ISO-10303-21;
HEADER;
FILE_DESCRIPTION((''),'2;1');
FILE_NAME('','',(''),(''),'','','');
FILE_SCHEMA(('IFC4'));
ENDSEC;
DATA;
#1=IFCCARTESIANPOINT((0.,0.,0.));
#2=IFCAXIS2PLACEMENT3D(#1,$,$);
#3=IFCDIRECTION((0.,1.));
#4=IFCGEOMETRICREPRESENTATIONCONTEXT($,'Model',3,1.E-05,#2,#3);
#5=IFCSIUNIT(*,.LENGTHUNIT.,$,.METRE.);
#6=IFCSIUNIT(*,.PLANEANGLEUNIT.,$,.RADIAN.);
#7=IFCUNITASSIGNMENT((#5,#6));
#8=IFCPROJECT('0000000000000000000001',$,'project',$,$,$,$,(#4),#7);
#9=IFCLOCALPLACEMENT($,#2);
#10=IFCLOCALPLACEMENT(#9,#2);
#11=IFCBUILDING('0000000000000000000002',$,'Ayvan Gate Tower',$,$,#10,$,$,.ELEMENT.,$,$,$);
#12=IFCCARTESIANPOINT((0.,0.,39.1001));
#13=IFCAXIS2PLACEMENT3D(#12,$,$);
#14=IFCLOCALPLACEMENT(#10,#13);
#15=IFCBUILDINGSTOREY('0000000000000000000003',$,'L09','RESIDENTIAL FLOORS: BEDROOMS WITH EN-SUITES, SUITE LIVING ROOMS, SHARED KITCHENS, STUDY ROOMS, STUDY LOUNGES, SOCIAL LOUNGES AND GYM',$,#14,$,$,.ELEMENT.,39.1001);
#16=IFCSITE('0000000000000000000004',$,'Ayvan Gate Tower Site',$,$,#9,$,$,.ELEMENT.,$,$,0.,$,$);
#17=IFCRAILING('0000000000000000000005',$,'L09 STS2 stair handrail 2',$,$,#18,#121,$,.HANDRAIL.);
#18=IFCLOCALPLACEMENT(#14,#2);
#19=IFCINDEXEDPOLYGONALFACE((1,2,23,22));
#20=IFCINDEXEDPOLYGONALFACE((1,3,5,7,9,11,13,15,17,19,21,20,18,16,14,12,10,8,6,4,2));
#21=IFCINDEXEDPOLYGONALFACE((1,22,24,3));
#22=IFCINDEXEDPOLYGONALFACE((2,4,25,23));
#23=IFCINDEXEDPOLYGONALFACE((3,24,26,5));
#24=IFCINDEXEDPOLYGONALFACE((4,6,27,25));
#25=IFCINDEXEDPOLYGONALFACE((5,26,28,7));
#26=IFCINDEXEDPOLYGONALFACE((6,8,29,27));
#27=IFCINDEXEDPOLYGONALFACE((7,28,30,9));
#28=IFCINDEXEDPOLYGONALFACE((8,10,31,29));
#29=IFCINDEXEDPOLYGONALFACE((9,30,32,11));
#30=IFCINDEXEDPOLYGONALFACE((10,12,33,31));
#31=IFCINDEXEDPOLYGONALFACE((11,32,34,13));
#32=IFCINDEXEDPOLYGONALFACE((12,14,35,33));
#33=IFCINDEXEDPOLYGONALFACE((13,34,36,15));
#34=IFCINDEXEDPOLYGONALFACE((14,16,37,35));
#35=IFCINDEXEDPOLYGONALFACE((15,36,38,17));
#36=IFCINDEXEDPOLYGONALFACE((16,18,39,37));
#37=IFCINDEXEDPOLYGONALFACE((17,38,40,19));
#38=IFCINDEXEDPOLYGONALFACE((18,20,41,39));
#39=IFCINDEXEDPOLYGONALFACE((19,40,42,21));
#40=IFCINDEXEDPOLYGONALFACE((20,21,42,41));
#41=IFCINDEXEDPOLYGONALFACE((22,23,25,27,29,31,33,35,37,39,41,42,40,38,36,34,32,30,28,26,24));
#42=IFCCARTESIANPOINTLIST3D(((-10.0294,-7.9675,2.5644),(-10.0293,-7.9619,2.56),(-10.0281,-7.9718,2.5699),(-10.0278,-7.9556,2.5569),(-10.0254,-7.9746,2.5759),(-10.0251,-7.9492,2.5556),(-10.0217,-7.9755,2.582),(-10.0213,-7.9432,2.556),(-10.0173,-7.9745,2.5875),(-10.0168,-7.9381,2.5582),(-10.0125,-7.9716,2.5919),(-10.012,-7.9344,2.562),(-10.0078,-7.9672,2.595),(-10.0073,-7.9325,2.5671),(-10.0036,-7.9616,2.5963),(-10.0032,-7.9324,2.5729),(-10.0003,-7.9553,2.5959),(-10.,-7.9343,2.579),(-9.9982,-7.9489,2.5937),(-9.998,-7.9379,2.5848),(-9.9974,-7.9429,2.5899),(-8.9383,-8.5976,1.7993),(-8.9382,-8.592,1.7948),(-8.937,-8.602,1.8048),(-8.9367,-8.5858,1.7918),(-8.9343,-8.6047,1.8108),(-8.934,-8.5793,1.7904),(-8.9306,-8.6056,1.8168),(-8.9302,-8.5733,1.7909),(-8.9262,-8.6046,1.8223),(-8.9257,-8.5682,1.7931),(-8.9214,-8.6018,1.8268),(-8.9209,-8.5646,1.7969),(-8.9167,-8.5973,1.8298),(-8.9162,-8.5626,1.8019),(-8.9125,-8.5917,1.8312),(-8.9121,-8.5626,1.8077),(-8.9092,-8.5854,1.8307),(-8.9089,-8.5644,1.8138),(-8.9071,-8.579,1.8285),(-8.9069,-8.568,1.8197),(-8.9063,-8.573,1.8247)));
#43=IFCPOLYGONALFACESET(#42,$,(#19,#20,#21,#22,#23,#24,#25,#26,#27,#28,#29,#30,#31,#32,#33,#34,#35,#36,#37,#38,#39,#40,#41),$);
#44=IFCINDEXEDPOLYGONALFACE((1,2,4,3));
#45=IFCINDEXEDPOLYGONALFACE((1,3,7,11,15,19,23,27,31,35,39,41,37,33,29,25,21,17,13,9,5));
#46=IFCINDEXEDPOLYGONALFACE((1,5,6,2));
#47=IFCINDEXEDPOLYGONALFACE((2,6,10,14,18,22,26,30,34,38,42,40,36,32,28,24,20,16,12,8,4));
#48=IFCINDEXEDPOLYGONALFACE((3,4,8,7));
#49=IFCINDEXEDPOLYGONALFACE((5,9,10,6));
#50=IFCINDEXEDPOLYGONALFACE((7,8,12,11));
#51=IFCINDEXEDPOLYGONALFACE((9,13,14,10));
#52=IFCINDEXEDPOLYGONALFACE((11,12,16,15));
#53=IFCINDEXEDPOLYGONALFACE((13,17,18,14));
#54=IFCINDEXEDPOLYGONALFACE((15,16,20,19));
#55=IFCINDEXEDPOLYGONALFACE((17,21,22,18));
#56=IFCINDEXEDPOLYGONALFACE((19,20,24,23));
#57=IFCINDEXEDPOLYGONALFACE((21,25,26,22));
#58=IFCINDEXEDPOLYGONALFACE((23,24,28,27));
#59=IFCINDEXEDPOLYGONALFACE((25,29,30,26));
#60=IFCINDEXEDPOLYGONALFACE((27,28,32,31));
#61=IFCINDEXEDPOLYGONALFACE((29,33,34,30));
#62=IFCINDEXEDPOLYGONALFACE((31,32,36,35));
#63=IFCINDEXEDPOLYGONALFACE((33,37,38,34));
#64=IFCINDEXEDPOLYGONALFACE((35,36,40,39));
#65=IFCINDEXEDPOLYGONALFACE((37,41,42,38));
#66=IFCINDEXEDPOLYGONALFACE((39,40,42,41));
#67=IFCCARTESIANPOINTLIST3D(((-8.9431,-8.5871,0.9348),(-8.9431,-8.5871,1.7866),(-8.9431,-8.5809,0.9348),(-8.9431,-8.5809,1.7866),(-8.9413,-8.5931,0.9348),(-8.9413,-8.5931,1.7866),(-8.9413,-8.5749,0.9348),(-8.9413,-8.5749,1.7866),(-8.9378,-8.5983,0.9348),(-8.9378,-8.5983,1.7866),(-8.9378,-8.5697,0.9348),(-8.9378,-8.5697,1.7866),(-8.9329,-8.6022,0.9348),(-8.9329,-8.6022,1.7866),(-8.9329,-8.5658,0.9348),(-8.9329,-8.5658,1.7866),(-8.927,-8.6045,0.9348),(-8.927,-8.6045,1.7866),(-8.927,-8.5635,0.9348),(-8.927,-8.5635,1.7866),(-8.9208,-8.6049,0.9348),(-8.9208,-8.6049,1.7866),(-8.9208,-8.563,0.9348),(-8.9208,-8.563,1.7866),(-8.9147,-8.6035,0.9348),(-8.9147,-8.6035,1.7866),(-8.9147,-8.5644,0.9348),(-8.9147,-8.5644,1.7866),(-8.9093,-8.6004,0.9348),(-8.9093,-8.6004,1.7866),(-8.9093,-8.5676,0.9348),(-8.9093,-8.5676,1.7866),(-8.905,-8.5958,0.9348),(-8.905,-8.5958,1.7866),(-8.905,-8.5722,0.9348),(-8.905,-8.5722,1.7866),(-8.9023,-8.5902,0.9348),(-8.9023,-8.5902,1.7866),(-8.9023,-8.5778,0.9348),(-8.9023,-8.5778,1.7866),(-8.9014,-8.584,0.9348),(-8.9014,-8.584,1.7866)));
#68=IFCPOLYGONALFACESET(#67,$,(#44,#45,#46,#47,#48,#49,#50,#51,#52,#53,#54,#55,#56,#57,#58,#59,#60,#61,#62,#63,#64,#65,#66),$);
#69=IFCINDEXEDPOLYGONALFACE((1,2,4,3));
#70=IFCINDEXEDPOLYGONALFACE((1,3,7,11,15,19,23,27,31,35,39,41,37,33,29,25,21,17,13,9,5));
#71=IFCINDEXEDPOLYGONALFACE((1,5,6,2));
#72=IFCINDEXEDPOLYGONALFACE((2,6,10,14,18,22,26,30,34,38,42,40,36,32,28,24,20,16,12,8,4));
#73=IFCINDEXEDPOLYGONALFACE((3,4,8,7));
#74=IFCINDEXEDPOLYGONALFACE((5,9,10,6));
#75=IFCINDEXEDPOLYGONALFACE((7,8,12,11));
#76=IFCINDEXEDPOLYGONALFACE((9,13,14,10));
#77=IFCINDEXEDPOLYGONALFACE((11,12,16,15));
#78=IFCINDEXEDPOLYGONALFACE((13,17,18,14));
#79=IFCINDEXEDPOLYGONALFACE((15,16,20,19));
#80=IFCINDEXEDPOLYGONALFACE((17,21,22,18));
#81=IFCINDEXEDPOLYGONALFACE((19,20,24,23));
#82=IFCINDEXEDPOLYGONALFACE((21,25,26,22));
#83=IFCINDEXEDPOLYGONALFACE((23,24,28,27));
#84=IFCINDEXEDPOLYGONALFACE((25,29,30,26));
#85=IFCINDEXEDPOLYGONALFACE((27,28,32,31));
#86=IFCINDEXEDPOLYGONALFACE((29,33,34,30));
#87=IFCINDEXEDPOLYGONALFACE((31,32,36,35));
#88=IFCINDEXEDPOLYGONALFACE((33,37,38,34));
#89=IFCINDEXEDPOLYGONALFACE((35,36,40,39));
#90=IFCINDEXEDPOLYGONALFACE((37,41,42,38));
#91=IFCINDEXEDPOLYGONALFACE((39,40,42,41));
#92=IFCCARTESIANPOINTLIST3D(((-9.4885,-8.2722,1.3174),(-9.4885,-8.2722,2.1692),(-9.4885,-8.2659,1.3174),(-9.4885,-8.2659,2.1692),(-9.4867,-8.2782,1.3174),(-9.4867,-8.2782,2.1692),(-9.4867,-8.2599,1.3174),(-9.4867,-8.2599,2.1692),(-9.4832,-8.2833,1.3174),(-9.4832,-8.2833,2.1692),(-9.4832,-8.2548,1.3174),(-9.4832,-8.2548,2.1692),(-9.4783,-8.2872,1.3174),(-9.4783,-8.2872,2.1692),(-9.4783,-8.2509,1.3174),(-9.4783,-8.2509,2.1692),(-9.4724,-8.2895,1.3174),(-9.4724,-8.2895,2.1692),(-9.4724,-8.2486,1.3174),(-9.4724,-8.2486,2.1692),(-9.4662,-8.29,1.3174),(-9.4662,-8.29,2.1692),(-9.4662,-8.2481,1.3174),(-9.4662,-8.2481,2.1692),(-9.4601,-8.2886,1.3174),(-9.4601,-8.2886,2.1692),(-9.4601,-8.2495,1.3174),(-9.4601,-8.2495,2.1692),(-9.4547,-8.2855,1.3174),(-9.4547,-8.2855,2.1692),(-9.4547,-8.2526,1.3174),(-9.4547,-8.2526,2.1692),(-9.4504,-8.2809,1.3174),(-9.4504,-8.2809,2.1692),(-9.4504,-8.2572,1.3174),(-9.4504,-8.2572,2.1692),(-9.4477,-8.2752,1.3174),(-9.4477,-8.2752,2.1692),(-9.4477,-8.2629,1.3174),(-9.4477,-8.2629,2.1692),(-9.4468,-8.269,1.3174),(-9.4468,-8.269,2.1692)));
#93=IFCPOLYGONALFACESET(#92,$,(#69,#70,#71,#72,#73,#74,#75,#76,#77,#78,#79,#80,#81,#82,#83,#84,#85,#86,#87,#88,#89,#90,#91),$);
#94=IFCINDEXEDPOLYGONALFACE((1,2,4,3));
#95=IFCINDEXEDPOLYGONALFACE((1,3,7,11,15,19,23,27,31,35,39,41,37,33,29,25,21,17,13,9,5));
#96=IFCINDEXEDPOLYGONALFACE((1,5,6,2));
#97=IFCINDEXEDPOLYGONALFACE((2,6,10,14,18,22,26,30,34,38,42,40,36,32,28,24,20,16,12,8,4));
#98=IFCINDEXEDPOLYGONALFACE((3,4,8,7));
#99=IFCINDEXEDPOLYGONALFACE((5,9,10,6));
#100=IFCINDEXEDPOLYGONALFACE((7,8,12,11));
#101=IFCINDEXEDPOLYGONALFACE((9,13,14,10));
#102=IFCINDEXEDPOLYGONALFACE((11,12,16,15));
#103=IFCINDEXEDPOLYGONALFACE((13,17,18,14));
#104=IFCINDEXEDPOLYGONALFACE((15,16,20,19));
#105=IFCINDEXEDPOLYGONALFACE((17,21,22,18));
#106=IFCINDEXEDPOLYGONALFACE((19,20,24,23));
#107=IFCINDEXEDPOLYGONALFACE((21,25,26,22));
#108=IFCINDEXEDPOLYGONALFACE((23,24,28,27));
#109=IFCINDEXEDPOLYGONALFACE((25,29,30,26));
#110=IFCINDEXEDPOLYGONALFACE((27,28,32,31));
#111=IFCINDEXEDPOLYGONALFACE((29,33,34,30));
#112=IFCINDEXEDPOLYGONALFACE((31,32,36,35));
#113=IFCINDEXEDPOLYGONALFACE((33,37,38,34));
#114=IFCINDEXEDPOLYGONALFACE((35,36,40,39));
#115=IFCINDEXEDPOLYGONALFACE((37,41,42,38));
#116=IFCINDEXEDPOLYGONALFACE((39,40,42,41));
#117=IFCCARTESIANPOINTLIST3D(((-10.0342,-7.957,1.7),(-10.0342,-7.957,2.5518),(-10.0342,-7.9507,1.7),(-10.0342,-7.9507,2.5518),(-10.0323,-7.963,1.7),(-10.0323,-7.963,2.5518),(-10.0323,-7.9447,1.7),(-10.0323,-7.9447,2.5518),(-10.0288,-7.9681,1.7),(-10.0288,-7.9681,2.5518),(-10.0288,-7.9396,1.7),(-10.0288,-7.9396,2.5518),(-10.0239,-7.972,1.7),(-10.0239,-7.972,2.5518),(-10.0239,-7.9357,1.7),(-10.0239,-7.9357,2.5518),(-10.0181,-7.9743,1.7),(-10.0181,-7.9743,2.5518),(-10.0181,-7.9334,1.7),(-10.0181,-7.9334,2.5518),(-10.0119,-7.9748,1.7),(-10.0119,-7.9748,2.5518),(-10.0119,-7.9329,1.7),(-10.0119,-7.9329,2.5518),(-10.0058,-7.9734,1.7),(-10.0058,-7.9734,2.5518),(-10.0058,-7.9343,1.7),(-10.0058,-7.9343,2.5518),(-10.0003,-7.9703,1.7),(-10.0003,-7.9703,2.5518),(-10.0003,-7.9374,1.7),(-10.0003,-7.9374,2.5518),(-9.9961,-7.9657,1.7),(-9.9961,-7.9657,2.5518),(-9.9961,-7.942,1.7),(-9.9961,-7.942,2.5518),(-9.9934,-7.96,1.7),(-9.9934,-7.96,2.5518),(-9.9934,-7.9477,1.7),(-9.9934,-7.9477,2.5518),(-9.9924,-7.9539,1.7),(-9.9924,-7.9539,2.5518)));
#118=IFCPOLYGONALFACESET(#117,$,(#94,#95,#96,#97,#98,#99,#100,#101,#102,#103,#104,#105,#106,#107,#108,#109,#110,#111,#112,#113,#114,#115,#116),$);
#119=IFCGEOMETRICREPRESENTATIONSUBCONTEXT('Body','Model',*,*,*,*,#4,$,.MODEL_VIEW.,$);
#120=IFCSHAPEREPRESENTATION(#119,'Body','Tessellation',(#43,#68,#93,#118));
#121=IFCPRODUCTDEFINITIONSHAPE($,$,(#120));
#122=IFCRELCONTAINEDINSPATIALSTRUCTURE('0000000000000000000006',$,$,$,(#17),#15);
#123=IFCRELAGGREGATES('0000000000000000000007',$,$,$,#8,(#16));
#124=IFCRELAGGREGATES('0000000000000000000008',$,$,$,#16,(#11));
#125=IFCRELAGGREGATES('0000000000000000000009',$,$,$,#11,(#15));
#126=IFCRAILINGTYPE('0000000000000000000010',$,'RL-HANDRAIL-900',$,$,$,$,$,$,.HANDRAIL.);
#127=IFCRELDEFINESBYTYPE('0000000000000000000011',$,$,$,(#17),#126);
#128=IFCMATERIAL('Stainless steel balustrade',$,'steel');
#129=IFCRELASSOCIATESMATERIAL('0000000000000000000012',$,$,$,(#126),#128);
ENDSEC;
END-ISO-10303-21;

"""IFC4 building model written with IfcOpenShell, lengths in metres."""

from ifc_helpers import new_model, si_unit, direction, frame, origin, origin_2d, place, context, subcontext, project, spatial, circle, extrude, material, type_object, element, save


model = new_model("IFC4")

# Units and contexts
model_context = context("Model", 3, precision=1e-05, world=origin(), true_north=direction((0.0, 1.0)))
body_context = subcontext(model_context, "Body", "Model", "MODEL_VIEW")
ifc_project = project(units=[si_unit("LENGTHUNIT", "METRE"), si_unit("PLANEANGLEUNIT", "RADIAN")], contexts=[model_context])

# Site, building, storey
site_placement = place(None, origin())
site = spatial("IfcSite", under=ifc_project, at=site_placement, Name="Ayvan Gate Tower Site", CompositionType="ELEMENT", RefElevation=0.0)
building_placement = place(site_placement, origin())
building = spatial("IfcBuilding", under=site, at=building_placement, Name="Ayvan Gate Tower", CompositionType="ELEMENT")
storey_placement = place(building_placement, frame((0.0, 0.0, 39.1001)))
storey = spatial("IfcBuildingStorey", under=building, at=storey_placement, Name="L09", Description="RESIDENTIAL FLOORS: BEDROOMS WITH EN-SUITES, SUITE LIVING ROOMS, SHARED KITCHENS, STUDY ROOMS, STUDY LOUNGES, SOCIAL LOUNGES AND GYM", CompositionType="ELEMENT", Elevation=39.1001)

# Railing
ifc_material_1 = material(Name="Stainless steel balustrade", Category="steel")
railing_type_1 = type_object("IfcRailingType", Name="RL-HANDRAIL-900", PredefinedType="HANDRAIL", material=ifc_material_1)
railing_1_placement = place(storey_placement, frame((-8.9224, -8.584, 0.9348)))
element("IfcRailing", 1, at=railing_1_placement, inside=storey, type_object=railing_type_1, Name="L09 STS2 stair handrail 2", PredefinedType="HANDRAIL", context=body_context, shape_type="SweptSolid", body=[
    extrude(circle(Radius=0.0239, at=origin_2d()), frame((0.0, 0.0, 0.876), z_axis=(-0.740166, 0.427471, 0.51906), x_axis=(-0.500119, -0.865956, 0.0)), (0.0, 0.0, 1.0), 1.4741),
    extrude(circle(Radius=0.021, at=origin_2d()), origin(), (0.0, 0.0, 1.0), 0.8518),
    extrude(circle(Radius=0.021, at=origin_2d()), frame((-0.5454, 0.3149, 0.3826)), (0.0, 0.0, 1.0), 0.8518),
    extrude(circle(Radius=0.021, at=origin_2d()), frame((-1.0911, 0.6301, 0.7651)), (0.0, 0.0, 1.0), 0.8518),
])

save(model, "model.ifc")
